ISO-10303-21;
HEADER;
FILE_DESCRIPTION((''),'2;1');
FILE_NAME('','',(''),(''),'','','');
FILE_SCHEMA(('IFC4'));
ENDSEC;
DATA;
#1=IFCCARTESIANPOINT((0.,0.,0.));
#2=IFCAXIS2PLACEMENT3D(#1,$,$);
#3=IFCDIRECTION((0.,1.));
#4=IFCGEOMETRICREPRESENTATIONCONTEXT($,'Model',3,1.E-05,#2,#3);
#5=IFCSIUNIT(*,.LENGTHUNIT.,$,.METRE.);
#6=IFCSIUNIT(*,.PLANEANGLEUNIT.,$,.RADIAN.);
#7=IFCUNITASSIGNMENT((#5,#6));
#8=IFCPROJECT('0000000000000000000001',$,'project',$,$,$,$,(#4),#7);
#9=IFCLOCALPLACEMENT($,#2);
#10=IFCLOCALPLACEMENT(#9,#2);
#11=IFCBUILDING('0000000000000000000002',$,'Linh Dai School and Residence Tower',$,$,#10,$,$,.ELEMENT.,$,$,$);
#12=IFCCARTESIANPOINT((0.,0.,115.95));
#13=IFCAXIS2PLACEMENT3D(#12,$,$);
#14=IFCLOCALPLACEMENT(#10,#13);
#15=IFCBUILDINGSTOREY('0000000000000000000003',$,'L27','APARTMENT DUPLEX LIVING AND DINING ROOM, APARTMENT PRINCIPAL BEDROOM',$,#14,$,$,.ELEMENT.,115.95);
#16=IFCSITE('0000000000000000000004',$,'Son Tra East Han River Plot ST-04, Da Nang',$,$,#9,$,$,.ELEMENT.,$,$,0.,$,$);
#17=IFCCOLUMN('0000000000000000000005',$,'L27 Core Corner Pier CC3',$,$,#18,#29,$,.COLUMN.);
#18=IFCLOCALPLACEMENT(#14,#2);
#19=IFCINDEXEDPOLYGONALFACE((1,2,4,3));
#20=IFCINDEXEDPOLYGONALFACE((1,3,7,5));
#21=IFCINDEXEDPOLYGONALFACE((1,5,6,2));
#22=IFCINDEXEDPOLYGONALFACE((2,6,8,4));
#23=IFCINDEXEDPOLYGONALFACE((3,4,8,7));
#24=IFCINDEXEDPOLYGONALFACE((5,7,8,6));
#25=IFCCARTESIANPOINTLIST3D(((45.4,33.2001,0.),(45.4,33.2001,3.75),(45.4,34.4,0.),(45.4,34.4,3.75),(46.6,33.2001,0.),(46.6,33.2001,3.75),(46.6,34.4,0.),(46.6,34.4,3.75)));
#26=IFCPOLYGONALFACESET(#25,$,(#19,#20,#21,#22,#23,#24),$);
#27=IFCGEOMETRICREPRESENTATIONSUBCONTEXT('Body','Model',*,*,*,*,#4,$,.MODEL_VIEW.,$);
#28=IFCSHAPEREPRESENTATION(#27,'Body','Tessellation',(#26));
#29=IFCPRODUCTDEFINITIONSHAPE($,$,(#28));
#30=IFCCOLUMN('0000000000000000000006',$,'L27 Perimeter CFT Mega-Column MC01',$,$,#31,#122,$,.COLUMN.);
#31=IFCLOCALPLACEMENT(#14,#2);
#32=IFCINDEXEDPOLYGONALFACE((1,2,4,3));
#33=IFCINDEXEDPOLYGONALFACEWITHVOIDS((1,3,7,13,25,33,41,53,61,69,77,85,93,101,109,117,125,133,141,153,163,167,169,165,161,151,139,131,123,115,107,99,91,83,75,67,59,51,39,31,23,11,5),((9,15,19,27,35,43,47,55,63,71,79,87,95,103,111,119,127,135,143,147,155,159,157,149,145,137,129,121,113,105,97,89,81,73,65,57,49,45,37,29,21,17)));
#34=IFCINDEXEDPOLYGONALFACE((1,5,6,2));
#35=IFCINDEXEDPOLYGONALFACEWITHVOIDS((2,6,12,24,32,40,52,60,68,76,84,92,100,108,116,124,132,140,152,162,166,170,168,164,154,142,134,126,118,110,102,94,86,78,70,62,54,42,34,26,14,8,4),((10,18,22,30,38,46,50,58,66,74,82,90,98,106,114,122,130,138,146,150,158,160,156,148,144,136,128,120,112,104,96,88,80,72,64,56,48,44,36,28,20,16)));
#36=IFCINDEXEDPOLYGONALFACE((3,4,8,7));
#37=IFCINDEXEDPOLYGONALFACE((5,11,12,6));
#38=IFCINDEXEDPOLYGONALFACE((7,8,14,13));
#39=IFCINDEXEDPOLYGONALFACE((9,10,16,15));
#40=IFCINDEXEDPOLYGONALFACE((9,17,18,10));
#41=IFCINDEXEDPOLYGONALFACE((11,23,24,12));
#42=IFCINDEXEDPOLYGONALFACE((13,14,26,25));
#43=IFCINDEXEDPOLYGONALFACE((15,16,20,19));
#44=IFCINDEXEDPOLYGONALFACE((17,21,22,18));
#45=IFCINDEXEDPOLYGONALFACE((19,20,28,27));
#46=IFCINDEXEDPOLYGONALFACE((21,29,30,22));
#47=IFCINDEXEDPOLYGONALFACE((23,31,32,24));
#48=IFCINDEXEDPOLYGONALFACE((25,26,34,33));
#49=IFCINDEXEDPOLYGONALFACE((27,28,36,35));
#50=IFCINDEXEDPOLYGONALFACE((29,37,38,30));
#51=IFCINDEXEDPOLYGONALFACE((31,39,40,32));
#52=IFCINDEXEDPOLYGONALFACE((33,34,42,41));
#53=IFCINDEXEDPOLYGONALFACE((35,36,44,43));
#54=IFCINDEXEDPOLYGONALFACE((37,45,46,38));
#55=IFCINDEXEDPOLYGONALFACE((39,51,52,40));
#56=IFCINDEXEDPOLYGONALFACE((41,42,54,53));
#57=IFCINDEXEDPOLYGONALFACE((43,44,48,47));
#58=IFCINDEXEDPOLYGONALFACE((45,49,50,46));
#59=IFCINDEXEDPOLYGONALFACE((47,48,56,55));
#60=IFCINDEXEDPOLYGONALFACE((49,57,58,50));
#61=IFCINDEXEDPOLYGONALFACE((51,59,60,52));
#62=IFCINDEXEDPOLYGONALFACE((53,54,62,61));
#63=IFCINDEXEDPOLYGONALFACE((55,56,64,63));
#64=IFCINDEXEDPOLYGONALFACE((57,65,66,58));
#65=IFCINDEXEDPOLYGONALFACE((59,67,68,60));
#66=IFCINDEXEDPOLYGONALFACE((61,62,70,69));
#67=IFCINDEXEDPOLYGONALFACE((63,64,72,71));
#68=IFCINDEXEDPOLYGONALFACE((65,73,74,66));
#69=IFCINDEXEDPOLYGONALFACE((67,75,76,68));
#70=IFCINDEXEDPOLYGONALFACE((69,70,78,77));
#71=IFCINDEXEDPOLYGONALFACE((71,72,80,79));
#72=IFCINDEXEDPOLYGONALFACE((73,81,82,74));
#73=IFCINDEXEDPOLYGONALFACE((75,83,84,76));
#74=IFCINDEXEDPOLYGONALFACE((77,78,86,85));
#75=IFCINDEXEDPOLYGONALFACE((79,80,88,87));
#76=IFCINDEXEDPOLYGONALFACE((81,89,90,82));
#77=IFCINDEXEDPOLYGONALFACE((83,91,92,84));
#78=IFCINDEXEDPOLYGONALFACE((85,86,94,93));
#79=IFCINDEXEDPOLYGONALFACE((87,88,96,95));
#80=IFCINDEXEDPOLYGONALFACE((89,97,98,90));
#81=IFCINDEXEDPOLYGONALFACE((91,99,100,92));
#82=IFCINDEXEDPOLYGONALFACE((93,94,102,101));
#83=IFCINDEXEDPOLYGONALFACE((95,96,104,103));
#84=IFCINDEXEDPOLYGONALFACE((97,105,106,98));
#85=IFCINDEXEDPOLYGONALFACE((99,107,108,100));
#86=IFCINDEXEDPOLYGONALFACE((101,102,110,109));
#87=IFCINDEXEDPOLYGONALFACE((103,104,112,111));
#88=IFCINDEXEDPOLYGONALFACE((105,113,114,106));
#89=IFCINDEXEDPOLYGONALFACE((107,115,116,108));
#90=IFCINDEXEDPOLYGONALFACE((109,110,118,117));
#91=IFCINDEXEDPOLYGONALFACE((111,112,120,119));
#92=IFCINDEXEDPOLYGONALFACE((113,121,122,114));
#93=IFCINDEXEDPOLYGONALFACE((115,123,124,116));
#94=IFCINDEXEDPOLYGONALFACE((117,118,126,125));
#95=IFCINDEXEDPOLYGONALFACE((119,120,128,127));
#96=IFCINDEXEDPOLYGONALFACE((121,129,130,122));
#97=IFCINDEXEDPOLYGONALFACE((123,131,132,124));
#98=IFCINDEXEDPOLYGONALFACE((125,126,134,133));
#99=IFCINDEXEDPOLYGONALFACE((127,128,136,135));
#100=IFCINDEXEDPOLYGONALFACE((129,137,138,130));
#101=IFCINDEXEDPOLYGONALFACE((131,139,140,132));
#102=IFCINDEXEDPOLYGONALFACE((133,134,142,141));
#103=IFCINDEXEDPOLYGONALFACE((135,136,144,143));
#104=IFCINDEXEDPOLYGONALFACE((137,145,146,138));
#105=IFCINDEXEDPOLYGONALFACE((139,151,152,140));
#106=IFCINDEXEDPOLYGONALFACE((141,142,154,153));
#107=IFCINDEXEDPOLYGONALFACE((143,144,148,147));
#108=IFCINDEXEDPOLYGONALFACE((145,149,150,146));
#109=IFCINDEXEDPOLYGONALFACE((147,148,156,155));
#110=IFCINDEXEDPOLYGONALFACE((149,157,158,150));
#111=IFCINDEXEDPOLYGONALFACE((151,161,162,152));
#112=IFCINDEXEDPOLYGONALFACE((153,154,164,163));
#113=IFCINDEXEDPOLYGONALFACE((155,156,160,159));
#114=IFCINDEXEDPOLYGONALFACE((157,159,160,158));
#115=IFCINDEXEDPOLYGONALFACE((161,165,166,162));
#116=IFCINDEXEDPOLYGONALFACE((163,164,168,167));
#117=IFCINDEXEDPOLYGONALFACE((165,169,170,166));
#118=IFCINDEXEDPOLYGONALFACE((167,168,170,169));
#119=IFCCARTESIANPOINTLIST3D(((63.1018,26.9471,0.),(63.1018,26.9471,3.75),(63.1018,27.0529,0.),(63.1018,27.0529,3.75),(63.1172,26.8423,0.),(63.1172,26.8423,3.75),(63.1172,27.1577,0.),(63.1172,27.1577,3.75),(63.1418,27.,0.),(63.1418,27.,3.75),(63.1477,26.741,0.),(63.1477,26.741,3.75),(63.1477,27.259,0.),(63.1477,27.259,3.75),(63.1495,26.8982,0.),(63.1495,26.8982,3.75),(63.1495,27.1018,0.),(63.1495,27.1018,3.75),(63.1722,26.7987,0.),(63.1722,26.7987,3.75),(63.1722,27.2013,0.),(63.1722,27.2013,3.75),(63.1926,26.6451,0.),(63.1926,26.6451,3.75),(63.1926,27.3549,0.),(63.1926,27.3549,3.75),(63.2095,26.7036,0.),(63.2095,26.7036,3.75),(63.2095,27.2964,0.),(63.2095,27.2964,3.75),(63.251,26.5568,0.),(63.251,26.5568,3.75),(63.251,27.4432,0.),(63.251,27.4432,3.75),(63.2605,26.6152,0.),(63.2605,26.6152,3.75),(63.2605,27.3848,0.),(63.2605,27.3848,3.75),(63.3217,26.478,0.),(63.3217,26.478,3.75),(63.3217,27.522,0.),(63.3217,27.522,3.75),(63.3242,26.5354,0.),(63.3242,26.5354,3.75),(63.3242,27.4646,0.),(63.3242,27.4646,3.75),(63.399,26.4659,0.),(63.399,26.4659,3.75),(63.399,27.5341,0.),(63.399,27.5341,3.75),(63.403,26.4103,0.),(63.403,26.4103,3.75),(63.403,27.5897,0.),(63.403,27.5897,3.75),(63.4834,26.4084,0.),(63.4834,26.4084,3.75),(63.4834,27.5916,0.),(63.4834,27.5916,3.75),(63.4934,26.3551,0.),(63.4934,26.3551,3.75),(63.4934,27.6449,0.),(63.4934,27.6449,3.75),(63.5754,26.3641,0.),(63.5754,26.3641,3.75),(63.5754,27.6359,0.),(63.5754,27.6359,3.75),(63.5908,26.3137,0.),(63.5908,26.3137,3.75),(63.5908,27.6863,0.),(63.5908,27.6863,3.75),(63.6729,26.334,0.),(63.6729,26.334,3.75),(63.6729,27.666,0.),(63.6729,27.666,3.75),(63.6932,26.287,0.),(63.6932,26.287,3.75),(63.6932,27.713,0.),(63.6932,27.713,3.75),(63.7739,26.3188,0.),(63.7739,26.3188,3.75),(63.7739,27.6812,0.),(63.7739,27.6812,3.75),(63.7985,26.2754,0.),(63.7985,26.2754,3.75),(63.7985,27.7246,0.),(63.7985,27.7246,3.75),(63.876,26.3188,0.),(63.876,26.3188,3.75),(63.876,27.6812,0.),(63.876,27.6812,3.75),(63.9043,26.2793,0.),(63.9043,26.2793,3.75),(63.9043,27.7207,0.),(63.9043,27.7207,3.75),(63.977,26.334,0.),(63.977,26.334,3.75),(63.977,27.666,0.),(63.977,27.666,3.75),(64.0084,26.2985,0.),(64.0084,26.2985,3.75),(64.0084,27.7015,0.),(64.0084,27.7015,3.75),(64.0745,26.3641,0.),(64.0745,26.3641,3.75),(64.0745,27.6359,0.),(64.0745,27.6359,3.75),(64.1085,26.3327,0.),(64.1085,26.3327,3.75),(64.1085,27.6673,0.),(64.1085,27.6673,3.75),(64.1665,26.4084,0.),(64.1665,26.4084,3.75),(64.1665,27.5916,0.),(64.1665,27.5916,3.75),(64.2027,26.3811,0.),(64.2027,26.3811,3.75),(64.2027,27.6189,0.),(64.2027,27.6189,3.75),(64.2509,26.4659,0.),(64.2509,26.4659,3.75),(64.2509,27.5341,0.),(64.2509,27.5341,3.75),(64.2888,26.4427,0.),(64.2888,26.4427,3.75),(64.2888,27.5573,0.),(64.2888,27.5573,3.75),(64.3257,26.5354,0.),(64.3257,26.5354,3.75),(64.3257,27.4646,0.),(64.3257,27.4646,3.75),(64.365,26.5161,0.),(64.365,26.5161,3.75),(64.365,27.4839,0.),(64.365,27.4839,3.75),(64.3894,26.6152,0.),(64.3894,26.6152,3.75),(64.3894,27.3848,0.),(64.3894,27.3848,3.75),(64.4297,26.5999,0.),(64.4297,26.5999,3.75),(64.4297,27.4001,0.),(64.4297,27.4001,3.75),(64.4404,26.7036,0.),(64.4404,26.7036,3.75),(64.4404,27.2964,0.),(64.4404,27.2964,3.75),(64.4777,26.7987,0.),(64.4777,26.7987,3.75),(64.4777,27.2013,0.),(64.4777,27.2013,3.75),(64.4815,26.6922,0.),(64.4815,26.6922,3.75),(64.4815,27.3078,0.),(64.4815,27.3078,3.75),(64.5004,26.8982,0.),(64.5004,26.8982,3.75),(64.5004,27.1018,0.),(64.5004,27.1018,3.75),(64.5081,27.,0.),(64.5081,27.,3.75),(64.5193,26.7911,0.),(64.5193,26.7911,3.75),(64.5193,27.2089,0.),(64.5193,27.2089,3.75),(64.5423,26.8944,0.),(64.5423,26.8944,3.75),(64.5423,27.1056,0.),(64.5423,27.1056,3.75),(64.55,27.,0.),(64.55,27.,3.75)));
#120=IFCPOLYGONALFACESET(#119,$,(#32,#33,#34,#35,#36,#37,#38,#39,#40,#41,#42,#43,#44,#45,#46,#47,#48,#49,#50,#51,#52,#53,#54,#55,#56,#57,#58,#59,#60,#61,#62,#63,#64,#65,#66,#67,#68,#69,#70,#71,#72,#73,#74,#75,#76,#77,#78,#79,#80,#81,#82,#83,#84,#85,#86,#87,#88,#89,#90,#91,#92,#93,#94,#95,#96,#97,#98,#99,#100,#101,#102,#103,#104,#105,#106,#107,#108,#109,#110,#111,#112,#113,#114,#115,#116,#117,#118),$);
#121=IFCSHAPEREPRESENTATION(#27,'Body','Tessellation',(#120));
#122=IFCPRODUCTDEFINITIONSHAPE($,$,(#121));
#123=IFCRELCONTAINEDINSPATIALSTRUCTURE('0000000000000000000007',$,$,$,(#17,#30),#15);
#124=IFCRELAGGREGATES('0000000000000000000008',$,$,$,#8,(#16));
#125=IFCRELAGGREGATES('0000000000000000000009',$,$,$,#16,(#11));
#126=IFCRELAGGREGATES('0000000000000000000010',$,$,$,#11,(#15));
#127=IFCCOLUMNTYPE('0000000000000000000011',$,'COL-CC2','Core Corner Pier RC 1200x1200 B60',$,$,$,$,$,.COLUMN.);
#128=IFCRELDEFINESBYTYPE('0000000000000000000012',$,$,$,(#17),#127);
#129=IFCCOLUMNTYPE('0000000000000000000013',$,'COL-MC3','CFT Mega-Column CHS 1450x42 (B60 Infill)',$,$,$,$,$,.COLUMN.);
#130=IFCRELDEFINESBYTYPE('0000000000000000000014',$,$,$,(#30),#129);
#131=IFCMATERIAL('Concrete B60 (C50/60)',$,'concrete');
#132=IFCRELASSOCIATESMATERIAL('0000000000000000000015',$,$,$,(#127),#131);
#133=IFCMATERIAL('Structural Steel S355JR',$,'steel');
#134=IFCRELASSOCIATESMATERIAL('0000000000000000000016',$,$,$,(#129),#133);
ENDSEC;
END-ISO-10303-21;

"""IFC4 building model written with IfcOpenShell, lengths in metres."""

from ifc_helpers import new_model, si_unit, direction, frame, origin, origin_2d, place, context, subcontext, project, spatial, rectangle, hollow_circle, extrude, material, material_profile, profile_set, type_object, element, save


model = new_model("IFC4")

# Units and contexts
model_context = context("Model", 3, precision=1e-05, world=origin(), true_north=direction((0.0, 1.0)))
body_context = subcontext(model_context, "Body", "Model", "MODEL_VIEW")
ifc_project = project(units=[si_unit("LENGTHUNIT", "METRE"), si_unit("PLANEANGLEUNIT", "RADIAN")], contexts=[model_context])

# Site, building, storey
site_placement = place(None, origin())
site = spatial("IfcSite", under=ifc_project, at=site_placement, Name="Son Tra East Han River Plot ST-04, Da Nang", CompositionType="ELEMENT", RefElevation=0.0)
building_placement = place(site_placement, origin())
building = spatial("IfcBuilding", under=site, at=building_placement, Name="Linh Dai School and Residence Tower", CompositionType="ELEMENT")
storey_placement = place(building_placement, frame((0.0, 0.0, 115.95)))
storey = spatial("IfcBuildingStorey", under=building, at=storey_placement, Name="L27", Description="APARTMENT DUPLEX LIVING AND DINING ROOM, APARTMENT PRINCIPAL BEDROOM", CompositionType="ELEMENT", Elevation=115.95)

# Columns
ifc_material_1 = material(Name="Concrete B60 (C50/60)", Category="concrete")
ifc_material_profile_1 = material_profile(ifc_material_1, rectangle(XDim=1.2, YDim=1.2, at=origin_2d()), Name="RC 1200x1200")
ifc_profile_set_1 = profile_set([ifc_material_profile_1], Name="Concrete B60 (C50/60)")
column_type_1 = type_object("IfcColumnType", Name="COL-CC2", Description="Core Corner Pier RC 1200x1200 B60", PredefinedType="COLUMN", material=ifc_profile_set_1)
column_placement = place(storey_placement, frame((46.0, 33.8, 0.0), z_axis=(0.0, 0.0, 1.0), x_axis=(1.0, 0.0, 0.0)))
element("IfcColumn", 1, at=column_placement, inside=storey, type_object=column_type_1, Name="L27 Core Corner Pier CC3", PredefinedType="COLUMN", context=body_context, shape_type="SweptSolid", body=[
    extrude(rectangle(XDim=1.2, YDim=1.2, at=origin_2d()), origin(), (0.0, 0.0, 1.0), 3.75),
])
ifc_material_2 = material(Name="Structural Steel S355JR", Category="steel")
ifc_material_profile_2 = material_profile(ifc_material_2, hollow_circle(Radius=0.7251, WallThickness=0.042, at=origin_2d()), Name="CHS 1450x42")
ifc_profile_set_2 = profile_set([ifc_material_profile_2], Name="Structural Steel S355JR")
column_type_2 = type_object("IfcColumnType", Name="COL-MC3", Description="CFT Mega-Column CHS 1450x42 (B60 Infill)", PredefinedType="COLUMN", material=ifc_profile_set_2)
for number, where, z_axis, x_axis, name in (
    (2, (63.825, 27.0, 0.0), (0.0, 0.0, 1.0), (1.0, 0.0, 0.0), "L27 Perimeter CFT Mega-Column MC01"),
):
    element("IfcColumn", number, at=place(storey_placement, frame(where, z_axis=z_axis, x_axis=x_axis)), inside=storey, type_object=column_type_2, Name=name, PredefinedType="COLUMN", context=body_context, shape_type="SweptSolid", body=[
        extrude(hollow_circle(Radius=0.7251, WallThickness=0.042, at=origin_2d()), origin(), (0.0, 0.0, 1.0), 3.75),
    ])

save(model, "model.ifc")
